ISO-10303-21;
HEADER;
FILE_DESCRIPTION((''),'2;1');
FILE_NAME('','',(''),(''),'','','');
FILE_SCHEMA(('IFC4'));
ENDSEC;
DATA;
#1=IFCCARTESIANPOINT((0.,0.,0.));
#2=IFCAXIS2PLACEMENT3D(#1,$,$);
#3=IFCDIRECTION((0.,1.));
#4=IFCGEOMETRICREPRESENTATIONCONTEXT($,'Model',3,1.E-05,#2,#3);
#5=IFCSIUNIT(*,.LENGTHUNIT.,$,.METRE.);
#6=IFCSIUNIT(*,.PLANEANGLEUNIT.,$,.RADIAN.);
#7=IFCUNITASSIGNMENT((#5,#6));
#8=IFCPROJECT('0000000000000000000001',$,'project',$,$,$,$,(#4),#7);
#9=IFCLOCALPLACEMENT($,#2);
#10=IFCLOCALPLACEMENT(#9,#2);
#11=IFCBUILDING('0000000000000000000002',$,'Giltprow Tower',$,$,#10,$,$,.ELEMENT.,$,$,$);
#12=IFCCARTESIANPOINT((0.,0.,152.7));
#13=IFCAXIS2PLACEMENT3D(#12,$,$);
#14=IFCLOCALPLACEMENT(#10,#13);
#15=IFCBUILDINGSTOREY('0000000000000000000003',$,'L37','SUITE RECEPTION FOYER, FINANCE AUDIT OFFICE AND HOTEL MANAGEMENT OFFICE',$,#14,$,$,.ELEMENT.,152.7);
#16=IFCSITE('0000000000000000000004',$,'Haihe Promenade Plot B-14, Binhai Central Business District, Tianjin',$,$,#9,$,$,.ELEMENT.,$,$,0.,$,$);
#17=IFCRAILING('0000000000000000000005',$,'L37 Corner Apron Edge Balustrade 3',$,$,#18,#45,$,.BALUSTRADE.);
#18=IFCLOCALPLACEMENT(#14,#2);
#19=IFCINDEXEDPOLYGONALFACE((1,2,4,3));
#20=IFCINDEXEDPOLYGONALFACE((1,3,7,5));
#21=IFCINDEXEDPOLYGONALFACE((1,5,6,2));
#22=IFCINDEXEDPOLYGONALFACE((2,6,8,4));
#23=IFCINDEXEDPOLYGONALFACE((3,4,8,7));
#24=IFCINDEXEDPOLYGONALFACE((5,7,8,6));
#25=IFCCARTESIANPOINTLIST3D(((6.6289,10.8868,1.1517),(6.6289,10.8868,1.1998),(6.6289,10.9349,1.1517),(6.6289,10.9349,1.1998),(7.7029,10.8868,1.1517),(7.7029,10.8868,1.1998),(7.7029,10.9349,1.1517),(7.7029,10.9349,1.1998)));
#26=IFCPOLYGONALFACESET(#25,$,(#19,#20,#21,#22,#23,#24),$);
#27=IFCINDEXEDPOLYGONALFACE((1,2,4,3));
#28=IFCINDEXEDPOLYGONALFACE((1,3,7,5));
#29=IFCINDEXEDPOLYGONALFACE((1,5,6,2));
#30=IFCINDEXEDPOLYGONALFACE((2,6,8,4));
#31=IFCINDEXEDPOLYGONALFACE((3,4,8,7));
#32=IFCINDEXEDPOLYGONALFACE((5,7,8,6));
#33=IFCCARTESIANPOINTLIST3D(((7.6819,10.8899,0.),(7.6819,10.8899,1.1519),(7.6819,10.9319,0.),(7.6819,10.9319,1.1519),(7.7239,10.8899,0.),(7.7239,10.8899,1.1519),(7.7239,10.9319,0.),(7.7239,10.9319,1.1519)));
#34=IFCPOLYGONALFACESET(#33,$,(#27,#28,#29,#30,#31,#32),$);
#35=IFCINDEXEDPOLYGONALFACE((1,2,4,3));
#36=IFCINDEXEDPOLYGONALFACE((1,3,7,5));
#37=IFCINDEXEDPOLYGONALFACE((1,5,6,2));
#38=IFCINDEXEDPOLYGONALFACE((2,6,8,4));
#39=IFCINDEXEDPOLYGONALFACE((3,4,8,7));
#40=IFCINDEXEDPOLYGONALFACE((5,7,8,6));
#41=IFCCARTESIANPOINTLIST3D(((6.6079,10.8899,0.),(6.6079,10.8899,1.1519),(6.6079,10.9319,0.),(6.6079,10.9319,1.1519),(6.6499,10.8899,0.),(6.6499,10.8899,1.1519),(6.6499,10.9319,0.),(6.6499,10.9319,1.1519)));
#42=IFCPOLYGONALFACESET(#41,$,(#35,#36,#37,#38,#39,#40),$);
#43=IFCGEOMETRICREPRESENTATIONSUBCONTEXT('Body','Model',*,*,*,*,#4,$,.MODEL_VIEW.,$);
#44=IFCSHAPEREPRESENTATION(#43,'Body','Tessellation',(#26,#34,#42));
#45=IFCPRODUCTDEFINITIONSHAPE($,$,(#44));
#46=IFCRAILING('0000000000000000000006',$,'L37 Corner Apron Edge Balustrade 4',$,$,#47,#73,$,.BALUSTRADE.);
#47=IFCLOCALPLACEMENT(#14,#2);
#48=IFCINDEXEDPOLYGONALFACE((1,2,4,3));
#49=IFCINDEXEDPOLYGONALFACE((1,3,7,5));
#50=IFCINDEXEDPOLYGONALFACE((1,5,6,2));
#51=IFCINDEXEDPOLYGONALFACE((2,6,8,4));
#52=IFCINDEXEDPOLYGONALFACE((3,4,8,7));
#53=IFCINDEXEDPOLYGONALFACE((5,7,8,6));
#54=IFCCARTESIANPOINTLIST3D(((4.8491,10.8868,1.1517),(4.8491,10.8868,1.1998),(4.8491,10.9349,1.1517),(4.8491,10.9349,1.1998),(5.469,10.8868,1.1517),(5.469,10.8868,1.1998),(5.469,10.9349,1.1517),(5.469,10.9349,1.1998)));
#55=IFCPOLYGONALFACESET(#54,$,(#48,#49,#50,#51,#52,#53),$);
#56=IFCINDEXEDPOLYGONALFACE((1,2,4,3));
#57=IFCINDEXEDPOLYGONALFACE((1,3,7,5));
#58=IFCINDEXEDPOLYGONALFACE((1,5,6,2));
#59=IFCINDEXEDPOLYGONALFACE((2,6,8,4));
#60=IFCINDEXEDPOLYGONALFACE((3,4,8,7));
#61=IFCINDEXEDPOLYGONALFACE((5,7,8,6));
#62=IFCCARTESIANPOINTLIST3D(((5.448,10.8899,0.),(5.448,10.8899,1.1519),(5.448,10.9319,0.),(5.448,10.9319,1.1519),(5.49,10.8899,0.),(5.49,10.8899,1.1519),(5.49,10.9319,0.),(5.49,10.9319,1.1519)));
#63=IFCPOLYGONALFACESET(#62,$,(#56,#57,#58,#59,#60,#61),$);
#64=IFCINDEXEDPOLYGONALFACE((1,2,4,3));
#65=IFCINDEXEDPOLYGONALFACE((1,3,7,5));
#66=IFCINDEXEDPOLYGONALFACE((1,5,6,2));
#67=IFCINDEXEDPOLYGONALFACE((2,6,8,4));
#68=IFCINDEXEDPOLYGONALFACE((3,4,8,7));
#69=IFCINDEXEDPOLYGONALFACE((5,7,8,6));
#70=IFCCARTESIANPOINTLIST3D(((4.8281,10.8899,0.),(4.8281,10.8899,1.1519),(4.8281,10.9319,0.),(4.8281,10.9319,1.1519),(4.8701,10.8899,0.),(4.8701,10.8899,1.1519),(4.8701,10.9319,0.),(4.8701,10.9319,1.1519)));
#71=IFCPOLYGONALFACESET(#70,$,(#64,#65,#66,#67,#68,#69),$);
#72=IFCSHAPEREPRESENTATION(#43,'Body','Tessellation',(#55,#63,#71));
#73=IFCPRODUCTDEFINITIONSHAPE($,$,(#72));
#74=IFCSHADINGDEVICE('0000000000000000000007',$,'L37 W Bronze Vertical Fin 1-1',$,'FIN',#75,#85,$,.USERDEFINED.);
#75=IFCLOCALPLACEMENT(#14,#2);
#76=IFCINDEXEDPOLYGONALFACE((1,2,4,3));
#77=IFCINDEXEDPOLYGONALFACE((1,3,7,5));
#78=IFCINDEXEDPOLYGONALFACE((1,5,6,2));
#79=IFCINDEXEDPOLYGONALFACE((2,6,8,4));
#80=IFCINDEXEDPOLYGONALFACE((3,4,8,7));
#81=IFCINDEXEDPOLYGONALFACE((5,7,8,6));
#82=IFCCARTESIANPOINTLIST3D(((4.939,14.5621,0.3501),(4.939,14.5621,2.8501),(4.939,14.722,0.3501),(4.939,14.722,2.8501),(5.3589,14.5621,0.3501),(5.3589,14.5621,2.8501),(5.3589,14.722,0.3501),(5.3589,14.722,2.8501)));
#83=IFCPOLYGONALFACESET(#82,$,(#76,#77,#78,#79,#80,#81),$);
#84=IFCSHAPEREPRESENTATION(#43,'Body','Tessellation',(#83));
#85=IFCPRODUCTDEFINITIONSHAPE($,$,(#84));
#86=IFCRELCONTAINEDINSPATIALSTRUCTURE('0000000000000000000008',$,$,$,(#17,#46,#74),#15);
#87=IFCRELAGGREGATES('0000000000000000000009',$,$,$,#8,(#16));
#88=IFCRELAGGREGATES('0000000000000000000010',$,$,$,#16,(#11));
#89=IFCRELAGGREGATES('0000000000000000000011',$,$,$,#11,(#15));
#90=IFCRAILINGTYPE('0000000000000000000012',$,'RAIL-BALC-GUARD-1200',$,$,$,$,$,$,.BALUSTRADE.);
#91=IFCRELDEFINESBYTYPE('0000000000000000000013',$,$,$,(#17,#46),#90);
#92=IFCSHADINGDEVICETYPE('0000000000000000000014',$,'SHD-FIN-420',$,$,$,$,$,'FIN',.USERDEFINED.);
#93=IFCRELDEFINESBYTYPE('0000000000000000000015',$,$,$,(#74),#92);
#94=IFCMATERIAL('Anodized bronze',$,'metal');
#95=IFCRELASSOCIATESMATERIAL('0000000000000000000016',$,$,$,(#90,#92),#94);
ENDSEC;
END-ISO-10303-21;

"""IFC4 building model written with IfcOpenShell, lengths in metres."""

from ifc_helpers import new_model, si_unit, direction, frame, origin, origin_2d, place, context, subcontext, project, spatial, rectangle, extrude, source, transform, mapped, material, type_object, element, save


model = new_model("IFC4")

# Units and contexts
model_context = context("Model", 3, precision=1e-05, world=origin(), true_north=direction((0.0, 1.0)))
body_context = subcontext(model_context, "Body", "Model", "MODEL_VIEW")
ifc_project = project(units=[si_unit("LENGTHUNIT", "METRE"), si_unit("PLANEANGLEUNIT", "RADIAN")], contexts=[model_context])

# Site, building, storey
site_placement = place(None, origin())
site = spatial("IfcSite", under=ifc_project, at=site_placement, Name="Haihe Promenade Plot B-14, Binhai Central Business District, Tianjin", CompositionType="ELEMENT", RefElevation=0.0)
building_placement = place(site_placement, origin())
building = spatial("IfcBuilding", under=site, at=building_placement, Name="Giltprow Tower", CompositionType="ELEMENT")
storey_placement = place(building_placement, frame((0.0, 0.0, 152.7)))
storey = spatial("IfcBuildingStorey", under=building, at=storey_placement, Name="L37", Description="SUITE RECEPTION FOYER, FINANCE AUDIT OFFICE AND HOTEL MANAGEMENT OFFICE", CompositionType="ELEMENT", Elevation=152.7)

# Shared definitions
ifc_material_1 = material(Name="Anodized bronze", Category="metal")

# Railings
railing_type = type_object("IfcRailingType", Name="RAIL-BALC-GUARD-1200", PredefinedType="BALUSTRADE", material=ifc_material_1)
railing_1_placement = place(storey_placement, frame((7.7029, 10.9109, 0.0)))
element("IfcRailing", 1, at=railing_1_placement, inside=storey, type_object=railing_type, Name="L37 Corner Apron Edge Balustrade 3", PredefinedType="BALUSTRADE", context=body_context, shape_type="SweptSolid", body=[
    extrude(rectangle(XDim=0.0481, YDim=0.0481, at=origin_2d()), frame((0.0, 0.0, 1.1758), z_axis=(-1.0, 0.0, 0.0), x_axis=(0.0, -1.0, 0.0)), (0.0, 0.0, 1.0), 1.074),
    extrude(rectangle(XDim=0.042, YDim=0.042, at=origin_2d()), origin(), (0.0, 0.0, 1.0), 1.1519),
    extrude(rectangle(XDim=0.042, YDim=0.042, at=origin_2d()), frame((-1.074, 0.0, 0.0)), (0.0, 0.0, 1.0), 1.1519),
])
railing_2_placement = place(storey_placement, frame((5.469, 10.9109, 0.0)))
element("IfcRailing", 2, at=railing_2_placement, inside=storey, type_object=railing_type, Name="L37 Corner Apron Edge Balustrade 4", PredefinedType="BALUSTRADE", context=body_context, shape_type="SweptSolid", body=[
    extrude(rectangle(XDim=0.0481, YDim=0.0481, at=origin_2d()), frame((0.0, 0.0, 1.1758), z_axis=(-1.0, 0.0, 0.0), x_axis=(0.0, -1.0, 0.0)), (0.0, 0.0, 1.0), 0.6199),
    extrude(rectangle(XDim=0.042, YDim=0.042, at=origin_2d()), origin(), (0.0, 0.0, 1.0), 1.1519),
    extrude(rectangle(XDim=0.042, YDim=0.042, at=origin_2d()), frame((-0.6199, 0.0, 0.0)), (0.0, 0.0, 1.0), 1.1519),
])

# Shading device
shading_device_type = type_object("IfcShadingDeviceType", Name="SHD-FIN-420", ElementType="FIN", PredefinedType="USERDEFINED", material=ifc_material_1)
shared_shape_1 = source(origin(), body_context, "Body", "SweptSolid", [
    extrude(rectangle(XDim=0.4199, YDim=0.1599, at=origin_2d()), origin(), (0.0, 0.0, 1.0), 2.5),
])
shading_device_placement = place(storey_placement, frame((5.1489, 14.6421, 0.3501), z_axis=(0.0, 0.0, 1.0), x_axis=(1.0, 0.0, 0.0)))
element("IfcShadingDevice", 3, at=shading_device_placement, inside=storey, type_object=shading_device_type, Name="L37 W Bronze Vertical Fin 1-1", ObjectType="FIN", PredefinedType="USERDEFINED", context=body_context, shape_type="MappedRepresentation", body=[
    mapped(shared_shape_1, transform((0.0, 0.0, 0.0), x_axis=(1.0, 0.0, 0.0), y_axis=(0.0, 1.0, 0.0), z_axis=(0.0, 0.0, 1.0), scale=1.0)),
])

save(model, "model.ifc")
